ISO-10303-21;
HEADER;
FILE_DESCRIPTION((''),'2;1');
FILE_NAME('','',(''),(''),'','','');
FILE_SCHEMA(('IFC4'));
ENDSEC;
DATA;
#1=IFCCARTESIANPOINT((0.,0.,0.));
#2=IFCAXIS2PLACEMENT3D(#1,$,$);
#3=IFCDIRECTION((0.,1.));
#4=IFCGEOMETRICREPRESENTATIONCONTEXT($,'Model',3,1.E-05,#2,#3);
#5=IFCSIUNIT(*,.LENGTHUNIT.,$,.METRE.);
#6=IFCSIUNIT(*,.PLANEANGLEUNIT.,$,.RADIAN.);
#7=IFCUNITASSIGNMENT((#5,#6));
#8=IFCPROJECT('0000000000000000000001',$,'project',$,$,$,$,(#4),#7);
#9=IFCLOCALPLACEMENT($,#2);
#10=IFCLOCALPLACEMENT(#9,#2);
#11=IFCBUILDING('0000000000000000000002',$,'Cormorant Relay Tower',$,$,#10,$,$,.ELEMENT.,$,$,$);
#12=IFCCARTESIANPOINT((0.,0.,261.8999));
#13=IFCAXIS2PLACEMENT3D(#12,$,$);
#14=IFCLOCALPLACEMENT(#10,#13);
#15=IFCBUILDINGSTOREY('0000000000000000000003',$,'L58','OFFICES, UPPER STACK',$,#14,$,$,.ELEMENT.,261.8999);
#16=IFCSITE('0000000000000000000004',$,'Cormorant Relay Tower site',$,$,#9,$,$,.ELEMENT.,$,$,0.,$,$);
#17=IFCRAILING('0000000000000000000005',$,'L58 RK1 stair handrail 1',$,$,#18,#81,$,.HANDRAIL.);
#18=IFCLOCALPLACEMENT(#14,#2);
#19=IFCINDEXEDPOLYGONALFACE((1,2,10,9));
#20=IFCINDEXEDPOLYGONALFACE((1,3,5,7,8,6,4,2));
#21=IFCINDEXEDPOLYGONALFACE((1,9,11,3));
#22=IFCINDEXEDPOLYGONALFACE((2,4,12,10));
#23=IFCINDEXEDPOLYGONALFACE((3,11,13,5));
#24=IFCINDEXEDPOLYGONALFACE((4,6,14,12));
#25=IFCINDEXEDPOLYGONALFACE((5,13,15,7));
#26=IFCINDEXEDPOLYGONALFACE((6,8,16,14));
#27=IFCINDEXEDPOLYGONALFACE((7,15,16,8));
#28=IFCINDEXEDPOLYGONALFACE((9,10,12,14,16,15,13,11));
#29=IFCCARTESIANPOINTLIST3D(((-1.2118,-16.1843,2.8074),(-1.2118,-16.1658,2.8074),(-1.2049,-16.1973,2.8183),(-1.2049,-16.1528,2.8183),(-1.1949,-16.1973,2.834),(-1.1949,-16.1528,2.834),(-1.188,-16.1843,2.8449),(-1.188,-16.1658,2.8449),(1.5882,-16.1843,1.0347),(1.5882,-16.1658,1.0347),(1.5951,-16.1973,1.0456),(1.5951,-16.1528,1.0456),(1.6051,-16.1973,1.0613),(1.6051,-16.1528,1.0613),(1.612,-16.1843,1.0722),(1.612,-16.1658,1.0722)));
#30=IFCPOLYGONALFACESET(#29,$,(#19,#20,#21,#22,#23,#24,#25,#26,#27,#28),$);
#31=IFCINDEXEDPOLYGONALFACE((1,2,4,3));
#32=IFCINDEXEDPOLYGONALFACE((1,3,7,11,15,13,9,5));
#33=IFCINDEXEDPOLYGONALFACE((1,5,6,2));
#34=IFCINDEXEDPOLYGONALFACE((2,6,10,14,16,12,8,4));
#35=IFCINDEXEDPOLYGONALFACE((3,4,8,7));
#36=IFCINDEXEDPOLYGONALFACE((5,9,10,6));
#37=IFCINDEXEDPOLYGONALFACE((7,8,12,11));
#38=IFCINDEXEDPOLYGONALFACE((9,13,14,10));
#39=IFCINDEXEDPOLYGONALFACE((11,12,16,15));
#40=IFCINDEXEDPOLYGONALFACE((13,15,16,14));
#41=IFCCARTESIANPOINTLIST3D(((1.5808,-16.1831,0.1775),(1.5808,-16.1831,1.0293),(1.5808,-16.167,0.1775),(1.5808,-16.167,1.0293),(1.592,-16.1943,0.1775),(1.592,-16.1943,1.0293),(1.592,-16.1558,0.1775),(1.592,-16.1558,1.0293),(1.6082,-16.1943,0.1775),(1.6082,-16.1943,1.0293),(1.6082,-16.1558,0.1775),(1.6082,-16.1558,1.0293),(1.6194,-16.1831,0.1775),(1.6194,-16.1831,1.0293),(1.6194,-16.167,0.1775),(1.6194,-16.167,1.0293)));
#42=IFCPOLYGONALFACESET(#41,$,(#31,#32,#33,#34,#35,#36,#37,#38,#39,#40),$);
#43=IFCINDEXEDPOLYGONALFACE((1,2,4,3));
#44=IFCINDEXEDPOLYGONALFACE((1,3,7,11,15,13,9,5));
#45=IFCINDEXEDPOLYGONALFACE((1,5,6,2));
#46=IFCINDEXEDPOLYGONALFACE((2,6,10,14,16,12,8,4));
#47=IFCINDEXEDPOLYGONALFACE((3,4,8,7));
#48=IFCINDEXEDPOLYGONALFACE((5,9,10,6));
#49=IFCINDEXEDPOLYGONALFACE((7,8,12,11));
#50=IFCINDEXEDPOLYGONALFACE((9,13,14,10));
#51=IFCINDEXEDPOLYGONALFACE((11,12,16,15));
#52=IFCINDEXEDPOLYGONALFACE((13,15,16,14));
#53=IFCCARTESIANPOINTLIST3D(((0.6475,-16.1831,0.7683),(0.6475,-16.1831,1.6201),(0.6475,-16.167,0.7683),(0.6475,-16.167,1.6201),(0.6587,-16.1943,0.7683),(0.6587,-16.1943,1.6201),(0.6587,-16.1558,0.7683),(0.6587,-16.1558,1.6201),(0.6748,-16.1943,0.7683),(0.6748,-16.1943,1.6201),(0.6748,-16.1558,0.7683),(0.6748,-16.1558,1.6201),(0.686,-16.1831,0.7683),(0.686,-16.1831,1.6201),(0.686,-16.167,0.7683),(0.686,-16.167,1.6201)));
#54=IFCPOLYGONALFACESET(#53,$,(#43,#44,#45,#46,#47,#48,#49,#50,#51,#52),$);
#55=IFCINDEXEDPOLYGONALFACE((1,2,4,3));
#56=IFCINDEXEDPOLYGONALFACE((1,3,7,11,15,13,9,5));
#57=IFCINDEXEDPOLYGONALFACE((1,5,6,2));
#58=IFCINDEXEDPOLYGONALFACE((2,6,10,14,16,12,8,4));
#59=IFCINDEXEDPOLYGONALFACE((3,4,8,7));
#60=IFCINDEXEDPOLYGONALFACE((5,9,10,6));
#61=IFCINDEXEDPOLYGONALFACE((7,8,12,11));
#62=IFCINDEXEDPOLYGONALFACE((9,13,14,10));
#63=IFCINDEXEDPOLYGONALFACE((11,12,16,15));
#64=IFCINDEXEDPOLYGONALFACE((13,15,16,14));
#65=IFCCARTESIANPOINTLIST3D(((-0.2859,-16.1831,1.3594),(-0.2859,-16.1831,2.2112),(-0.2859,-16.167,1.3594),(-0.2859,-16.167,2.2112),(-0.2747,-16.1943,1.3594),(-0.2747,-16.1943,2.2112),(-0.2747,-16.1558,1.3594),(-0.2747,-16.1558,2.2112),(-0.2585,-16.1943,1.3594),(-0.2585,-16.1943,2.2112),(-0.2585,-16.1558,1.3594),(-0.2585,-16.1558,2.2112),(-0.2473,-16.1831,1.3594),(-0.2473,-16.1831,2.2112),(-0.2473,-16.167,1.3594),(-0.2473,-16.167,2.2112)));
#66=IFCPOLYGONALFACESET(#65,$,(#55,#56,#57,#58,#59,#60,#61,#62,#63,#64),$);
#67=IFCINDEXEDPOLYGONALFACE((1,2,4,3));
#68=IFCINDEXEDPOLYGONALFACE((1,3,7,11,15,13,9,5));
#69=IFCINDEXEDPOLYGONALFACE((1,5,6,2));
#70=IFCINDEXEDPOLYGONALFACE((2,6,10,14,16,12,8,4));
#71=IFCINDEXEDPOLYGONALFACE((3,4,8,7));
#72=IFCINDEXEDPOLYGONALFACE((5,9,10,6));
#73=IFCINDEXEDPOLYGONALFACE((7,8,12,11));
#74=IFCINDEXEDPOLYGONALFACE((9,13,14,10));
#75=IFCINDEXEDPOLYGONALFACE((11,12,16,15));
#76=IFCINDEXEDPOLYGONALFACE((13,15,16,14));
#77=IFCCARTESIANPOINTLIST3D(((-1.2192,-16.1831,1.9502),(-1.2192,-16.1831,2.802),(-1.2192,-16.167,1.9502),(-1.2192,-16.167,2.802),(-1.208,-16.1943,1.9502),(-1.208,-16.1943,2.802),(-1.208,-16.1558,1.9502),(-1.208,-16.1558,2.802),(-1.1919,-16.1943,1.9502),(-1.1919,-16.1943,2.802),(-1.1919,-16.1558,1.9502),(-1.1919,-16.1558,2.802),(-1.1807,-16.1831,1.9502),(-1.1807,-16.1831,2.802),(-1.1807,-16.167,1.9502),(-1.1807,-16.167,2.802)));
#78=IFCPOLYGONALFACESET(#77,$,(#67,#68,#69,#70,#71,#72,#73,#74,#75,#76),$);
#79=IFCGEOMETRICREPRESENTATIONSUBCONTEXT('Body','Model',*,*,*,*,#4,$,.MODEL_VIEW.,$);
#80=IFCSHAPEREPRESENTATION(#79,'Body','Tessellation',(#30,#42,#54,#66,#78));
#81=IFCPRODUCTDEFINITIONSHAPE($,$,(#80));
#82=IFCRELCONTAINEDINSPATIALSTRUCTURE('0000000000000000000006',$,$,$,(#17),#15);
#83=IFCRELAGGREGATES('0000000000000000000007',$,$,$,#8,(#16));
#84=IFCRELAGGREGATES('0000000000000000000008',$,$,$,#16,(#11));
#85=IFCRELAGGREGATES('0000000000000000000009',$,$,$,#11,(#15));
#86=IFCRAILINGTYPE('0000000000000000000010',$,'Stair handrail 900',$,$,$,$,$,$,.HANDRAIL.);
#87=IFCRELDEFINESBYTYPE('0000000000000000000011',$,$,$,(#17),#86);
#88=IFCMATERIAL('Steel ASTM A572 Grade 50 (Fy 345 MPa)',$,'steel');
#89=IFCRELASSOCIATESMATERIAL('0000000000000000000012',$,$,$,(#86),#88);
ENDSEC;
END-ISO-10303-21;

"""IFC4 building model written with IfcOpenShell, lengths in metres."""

from ifc_helpers import new_model, si_unit, direction, frame, origin, place, context, subcontext, project, spatial, polyline, outline, extrude, material, type_object, element, save


model = new_model("IFC4")

# Units and contexts
model_context = context("Model", 3, precision=1e-05, world=origin(), true_north=direction((0.0, 1.0)))
body_context = subcontext(model_context, "Body", "Model", "MODEL_VIEW")
ifc_project = project(units=[si_unit("LENGTHUNIT", "METRE"), si_unit("PLANEANGLEUNIT", "RADIAN")], contexts=[model_context])

# Site, building, storey
site_placement = place(None, origin())
site = spatial("IfcSite", under=ifc_project, at=site_placement, Name="Cormorant Relay Tower site", CompositionType="ELEMENT", RefElevation=0.0)
building_placement = place(site_placement, origin())
building = spatial("IfcBuilding", under=site, at=building_placement, Name="Cormorant Relay Tower", CompositionType="ELEMENT")
storey_placement = place(building_placement, frame((0.0, 0.0, 261.8999)))
storey = spatial("IfcBuildingStorey", under=building, at=storey_placement, Name="L58", Description="OFFICES, UPPER STACK", CompositionType="ELEMENT", Elevation=261.8999)

# Railing
ifc_material_1 = material(Name="Steel ASTM A572 Grade 50 (Fy 345 MPa)", Category="steel")
railing_type = type_object("IfcRailingType", Name="Stair handrail 900", PredefinedType="HANDRAIL", material=ifc_material_1)
railing_placement = place(storey_placement, frame((1.6001, -16.175, 0.1775)))
element("IfcRailing", 1, at=railing_placement, inside=storey, type_object=railing_type, Name="L58 RK1 stair handrail 1", PredefinedType="HANDRAIL", context=body_context, shape_type="SweptSolid", body=[
    extrude(outline(polyline([(0.0222, 0.0093), (0.0093, 0.0222), (-0.0093, 0.0222), (-0.0222, 0.0093), (-0.0222, -0.0093), (-0.0093, -0.0222), (0.0093, -0.0222), (0.0222, -0.0093), (0.0222, 0.0093)])), frame((0.0, 0.0, 0.876), z_axis=(-0.844909, 0.0, 0.53491), x_axis=(0.0, -1.0, 0.0)), (0.0, 0.0, 1.0), 3.314),
    extrude(outline(polyline([(0.0193, 0.0081), (0.0081, 0.0193), (-0.0081, 0.0193), (-0.0193, 0.0081), (-0.0193, -0.0081), (-0.0081, -0.0193), (0.0081, -0.0193), (0.0193, -0.0081), (0.0193, 0.0081)])), origin(), (0.0, 0.0, 1.0), 0.8518),
    extrude(outline(polyline([(0.0193, 0.0081), (0.0081, 0.0193), (-0.0081, 0.0193), (-0.0193, 0.0081), (-0.0193, -0.0081), (-0.0081, -0.0193), (0.0081, -0.0193), (0.0193, -0.0081), (0.0193, 0.0081)])), frame((-0.9333, 0.0, 0.5908)), (0.0, 0.0, 1.0), 0.8518),
    extrude(outline(polyline([(0.0193, 0.0081), (0.0081, 0.0193), (-0.0081, 0.0193), (-0.0193, 0.0081), (-0.0193, -0.0081), (-0.0081, -0.0193), (0.0081, -0.0193), (0.0193, -0.0081), (0.0193, 0.0081)])), frame((-1.8667, 0.0, 1.1819)), (0.0, 0.0, 1.0), 0.8518),
    extrude(outline(polyline([(0.0193, 0.0081), (0.0081, 0.0193), (-0.0081, 0.0193), (-0.0193, 0.0081), (-0.0193, -0.0081), (-0.0081, -0.0193), (0.0081, -0.0193), (0.0193, -0.0081), (0.0193, 0.0081)])), frame((-2.8, 0.0, 1.7727)), (0.0, 0.0, 1.0), 0.8518),
])

save(model, "model.ifc")
